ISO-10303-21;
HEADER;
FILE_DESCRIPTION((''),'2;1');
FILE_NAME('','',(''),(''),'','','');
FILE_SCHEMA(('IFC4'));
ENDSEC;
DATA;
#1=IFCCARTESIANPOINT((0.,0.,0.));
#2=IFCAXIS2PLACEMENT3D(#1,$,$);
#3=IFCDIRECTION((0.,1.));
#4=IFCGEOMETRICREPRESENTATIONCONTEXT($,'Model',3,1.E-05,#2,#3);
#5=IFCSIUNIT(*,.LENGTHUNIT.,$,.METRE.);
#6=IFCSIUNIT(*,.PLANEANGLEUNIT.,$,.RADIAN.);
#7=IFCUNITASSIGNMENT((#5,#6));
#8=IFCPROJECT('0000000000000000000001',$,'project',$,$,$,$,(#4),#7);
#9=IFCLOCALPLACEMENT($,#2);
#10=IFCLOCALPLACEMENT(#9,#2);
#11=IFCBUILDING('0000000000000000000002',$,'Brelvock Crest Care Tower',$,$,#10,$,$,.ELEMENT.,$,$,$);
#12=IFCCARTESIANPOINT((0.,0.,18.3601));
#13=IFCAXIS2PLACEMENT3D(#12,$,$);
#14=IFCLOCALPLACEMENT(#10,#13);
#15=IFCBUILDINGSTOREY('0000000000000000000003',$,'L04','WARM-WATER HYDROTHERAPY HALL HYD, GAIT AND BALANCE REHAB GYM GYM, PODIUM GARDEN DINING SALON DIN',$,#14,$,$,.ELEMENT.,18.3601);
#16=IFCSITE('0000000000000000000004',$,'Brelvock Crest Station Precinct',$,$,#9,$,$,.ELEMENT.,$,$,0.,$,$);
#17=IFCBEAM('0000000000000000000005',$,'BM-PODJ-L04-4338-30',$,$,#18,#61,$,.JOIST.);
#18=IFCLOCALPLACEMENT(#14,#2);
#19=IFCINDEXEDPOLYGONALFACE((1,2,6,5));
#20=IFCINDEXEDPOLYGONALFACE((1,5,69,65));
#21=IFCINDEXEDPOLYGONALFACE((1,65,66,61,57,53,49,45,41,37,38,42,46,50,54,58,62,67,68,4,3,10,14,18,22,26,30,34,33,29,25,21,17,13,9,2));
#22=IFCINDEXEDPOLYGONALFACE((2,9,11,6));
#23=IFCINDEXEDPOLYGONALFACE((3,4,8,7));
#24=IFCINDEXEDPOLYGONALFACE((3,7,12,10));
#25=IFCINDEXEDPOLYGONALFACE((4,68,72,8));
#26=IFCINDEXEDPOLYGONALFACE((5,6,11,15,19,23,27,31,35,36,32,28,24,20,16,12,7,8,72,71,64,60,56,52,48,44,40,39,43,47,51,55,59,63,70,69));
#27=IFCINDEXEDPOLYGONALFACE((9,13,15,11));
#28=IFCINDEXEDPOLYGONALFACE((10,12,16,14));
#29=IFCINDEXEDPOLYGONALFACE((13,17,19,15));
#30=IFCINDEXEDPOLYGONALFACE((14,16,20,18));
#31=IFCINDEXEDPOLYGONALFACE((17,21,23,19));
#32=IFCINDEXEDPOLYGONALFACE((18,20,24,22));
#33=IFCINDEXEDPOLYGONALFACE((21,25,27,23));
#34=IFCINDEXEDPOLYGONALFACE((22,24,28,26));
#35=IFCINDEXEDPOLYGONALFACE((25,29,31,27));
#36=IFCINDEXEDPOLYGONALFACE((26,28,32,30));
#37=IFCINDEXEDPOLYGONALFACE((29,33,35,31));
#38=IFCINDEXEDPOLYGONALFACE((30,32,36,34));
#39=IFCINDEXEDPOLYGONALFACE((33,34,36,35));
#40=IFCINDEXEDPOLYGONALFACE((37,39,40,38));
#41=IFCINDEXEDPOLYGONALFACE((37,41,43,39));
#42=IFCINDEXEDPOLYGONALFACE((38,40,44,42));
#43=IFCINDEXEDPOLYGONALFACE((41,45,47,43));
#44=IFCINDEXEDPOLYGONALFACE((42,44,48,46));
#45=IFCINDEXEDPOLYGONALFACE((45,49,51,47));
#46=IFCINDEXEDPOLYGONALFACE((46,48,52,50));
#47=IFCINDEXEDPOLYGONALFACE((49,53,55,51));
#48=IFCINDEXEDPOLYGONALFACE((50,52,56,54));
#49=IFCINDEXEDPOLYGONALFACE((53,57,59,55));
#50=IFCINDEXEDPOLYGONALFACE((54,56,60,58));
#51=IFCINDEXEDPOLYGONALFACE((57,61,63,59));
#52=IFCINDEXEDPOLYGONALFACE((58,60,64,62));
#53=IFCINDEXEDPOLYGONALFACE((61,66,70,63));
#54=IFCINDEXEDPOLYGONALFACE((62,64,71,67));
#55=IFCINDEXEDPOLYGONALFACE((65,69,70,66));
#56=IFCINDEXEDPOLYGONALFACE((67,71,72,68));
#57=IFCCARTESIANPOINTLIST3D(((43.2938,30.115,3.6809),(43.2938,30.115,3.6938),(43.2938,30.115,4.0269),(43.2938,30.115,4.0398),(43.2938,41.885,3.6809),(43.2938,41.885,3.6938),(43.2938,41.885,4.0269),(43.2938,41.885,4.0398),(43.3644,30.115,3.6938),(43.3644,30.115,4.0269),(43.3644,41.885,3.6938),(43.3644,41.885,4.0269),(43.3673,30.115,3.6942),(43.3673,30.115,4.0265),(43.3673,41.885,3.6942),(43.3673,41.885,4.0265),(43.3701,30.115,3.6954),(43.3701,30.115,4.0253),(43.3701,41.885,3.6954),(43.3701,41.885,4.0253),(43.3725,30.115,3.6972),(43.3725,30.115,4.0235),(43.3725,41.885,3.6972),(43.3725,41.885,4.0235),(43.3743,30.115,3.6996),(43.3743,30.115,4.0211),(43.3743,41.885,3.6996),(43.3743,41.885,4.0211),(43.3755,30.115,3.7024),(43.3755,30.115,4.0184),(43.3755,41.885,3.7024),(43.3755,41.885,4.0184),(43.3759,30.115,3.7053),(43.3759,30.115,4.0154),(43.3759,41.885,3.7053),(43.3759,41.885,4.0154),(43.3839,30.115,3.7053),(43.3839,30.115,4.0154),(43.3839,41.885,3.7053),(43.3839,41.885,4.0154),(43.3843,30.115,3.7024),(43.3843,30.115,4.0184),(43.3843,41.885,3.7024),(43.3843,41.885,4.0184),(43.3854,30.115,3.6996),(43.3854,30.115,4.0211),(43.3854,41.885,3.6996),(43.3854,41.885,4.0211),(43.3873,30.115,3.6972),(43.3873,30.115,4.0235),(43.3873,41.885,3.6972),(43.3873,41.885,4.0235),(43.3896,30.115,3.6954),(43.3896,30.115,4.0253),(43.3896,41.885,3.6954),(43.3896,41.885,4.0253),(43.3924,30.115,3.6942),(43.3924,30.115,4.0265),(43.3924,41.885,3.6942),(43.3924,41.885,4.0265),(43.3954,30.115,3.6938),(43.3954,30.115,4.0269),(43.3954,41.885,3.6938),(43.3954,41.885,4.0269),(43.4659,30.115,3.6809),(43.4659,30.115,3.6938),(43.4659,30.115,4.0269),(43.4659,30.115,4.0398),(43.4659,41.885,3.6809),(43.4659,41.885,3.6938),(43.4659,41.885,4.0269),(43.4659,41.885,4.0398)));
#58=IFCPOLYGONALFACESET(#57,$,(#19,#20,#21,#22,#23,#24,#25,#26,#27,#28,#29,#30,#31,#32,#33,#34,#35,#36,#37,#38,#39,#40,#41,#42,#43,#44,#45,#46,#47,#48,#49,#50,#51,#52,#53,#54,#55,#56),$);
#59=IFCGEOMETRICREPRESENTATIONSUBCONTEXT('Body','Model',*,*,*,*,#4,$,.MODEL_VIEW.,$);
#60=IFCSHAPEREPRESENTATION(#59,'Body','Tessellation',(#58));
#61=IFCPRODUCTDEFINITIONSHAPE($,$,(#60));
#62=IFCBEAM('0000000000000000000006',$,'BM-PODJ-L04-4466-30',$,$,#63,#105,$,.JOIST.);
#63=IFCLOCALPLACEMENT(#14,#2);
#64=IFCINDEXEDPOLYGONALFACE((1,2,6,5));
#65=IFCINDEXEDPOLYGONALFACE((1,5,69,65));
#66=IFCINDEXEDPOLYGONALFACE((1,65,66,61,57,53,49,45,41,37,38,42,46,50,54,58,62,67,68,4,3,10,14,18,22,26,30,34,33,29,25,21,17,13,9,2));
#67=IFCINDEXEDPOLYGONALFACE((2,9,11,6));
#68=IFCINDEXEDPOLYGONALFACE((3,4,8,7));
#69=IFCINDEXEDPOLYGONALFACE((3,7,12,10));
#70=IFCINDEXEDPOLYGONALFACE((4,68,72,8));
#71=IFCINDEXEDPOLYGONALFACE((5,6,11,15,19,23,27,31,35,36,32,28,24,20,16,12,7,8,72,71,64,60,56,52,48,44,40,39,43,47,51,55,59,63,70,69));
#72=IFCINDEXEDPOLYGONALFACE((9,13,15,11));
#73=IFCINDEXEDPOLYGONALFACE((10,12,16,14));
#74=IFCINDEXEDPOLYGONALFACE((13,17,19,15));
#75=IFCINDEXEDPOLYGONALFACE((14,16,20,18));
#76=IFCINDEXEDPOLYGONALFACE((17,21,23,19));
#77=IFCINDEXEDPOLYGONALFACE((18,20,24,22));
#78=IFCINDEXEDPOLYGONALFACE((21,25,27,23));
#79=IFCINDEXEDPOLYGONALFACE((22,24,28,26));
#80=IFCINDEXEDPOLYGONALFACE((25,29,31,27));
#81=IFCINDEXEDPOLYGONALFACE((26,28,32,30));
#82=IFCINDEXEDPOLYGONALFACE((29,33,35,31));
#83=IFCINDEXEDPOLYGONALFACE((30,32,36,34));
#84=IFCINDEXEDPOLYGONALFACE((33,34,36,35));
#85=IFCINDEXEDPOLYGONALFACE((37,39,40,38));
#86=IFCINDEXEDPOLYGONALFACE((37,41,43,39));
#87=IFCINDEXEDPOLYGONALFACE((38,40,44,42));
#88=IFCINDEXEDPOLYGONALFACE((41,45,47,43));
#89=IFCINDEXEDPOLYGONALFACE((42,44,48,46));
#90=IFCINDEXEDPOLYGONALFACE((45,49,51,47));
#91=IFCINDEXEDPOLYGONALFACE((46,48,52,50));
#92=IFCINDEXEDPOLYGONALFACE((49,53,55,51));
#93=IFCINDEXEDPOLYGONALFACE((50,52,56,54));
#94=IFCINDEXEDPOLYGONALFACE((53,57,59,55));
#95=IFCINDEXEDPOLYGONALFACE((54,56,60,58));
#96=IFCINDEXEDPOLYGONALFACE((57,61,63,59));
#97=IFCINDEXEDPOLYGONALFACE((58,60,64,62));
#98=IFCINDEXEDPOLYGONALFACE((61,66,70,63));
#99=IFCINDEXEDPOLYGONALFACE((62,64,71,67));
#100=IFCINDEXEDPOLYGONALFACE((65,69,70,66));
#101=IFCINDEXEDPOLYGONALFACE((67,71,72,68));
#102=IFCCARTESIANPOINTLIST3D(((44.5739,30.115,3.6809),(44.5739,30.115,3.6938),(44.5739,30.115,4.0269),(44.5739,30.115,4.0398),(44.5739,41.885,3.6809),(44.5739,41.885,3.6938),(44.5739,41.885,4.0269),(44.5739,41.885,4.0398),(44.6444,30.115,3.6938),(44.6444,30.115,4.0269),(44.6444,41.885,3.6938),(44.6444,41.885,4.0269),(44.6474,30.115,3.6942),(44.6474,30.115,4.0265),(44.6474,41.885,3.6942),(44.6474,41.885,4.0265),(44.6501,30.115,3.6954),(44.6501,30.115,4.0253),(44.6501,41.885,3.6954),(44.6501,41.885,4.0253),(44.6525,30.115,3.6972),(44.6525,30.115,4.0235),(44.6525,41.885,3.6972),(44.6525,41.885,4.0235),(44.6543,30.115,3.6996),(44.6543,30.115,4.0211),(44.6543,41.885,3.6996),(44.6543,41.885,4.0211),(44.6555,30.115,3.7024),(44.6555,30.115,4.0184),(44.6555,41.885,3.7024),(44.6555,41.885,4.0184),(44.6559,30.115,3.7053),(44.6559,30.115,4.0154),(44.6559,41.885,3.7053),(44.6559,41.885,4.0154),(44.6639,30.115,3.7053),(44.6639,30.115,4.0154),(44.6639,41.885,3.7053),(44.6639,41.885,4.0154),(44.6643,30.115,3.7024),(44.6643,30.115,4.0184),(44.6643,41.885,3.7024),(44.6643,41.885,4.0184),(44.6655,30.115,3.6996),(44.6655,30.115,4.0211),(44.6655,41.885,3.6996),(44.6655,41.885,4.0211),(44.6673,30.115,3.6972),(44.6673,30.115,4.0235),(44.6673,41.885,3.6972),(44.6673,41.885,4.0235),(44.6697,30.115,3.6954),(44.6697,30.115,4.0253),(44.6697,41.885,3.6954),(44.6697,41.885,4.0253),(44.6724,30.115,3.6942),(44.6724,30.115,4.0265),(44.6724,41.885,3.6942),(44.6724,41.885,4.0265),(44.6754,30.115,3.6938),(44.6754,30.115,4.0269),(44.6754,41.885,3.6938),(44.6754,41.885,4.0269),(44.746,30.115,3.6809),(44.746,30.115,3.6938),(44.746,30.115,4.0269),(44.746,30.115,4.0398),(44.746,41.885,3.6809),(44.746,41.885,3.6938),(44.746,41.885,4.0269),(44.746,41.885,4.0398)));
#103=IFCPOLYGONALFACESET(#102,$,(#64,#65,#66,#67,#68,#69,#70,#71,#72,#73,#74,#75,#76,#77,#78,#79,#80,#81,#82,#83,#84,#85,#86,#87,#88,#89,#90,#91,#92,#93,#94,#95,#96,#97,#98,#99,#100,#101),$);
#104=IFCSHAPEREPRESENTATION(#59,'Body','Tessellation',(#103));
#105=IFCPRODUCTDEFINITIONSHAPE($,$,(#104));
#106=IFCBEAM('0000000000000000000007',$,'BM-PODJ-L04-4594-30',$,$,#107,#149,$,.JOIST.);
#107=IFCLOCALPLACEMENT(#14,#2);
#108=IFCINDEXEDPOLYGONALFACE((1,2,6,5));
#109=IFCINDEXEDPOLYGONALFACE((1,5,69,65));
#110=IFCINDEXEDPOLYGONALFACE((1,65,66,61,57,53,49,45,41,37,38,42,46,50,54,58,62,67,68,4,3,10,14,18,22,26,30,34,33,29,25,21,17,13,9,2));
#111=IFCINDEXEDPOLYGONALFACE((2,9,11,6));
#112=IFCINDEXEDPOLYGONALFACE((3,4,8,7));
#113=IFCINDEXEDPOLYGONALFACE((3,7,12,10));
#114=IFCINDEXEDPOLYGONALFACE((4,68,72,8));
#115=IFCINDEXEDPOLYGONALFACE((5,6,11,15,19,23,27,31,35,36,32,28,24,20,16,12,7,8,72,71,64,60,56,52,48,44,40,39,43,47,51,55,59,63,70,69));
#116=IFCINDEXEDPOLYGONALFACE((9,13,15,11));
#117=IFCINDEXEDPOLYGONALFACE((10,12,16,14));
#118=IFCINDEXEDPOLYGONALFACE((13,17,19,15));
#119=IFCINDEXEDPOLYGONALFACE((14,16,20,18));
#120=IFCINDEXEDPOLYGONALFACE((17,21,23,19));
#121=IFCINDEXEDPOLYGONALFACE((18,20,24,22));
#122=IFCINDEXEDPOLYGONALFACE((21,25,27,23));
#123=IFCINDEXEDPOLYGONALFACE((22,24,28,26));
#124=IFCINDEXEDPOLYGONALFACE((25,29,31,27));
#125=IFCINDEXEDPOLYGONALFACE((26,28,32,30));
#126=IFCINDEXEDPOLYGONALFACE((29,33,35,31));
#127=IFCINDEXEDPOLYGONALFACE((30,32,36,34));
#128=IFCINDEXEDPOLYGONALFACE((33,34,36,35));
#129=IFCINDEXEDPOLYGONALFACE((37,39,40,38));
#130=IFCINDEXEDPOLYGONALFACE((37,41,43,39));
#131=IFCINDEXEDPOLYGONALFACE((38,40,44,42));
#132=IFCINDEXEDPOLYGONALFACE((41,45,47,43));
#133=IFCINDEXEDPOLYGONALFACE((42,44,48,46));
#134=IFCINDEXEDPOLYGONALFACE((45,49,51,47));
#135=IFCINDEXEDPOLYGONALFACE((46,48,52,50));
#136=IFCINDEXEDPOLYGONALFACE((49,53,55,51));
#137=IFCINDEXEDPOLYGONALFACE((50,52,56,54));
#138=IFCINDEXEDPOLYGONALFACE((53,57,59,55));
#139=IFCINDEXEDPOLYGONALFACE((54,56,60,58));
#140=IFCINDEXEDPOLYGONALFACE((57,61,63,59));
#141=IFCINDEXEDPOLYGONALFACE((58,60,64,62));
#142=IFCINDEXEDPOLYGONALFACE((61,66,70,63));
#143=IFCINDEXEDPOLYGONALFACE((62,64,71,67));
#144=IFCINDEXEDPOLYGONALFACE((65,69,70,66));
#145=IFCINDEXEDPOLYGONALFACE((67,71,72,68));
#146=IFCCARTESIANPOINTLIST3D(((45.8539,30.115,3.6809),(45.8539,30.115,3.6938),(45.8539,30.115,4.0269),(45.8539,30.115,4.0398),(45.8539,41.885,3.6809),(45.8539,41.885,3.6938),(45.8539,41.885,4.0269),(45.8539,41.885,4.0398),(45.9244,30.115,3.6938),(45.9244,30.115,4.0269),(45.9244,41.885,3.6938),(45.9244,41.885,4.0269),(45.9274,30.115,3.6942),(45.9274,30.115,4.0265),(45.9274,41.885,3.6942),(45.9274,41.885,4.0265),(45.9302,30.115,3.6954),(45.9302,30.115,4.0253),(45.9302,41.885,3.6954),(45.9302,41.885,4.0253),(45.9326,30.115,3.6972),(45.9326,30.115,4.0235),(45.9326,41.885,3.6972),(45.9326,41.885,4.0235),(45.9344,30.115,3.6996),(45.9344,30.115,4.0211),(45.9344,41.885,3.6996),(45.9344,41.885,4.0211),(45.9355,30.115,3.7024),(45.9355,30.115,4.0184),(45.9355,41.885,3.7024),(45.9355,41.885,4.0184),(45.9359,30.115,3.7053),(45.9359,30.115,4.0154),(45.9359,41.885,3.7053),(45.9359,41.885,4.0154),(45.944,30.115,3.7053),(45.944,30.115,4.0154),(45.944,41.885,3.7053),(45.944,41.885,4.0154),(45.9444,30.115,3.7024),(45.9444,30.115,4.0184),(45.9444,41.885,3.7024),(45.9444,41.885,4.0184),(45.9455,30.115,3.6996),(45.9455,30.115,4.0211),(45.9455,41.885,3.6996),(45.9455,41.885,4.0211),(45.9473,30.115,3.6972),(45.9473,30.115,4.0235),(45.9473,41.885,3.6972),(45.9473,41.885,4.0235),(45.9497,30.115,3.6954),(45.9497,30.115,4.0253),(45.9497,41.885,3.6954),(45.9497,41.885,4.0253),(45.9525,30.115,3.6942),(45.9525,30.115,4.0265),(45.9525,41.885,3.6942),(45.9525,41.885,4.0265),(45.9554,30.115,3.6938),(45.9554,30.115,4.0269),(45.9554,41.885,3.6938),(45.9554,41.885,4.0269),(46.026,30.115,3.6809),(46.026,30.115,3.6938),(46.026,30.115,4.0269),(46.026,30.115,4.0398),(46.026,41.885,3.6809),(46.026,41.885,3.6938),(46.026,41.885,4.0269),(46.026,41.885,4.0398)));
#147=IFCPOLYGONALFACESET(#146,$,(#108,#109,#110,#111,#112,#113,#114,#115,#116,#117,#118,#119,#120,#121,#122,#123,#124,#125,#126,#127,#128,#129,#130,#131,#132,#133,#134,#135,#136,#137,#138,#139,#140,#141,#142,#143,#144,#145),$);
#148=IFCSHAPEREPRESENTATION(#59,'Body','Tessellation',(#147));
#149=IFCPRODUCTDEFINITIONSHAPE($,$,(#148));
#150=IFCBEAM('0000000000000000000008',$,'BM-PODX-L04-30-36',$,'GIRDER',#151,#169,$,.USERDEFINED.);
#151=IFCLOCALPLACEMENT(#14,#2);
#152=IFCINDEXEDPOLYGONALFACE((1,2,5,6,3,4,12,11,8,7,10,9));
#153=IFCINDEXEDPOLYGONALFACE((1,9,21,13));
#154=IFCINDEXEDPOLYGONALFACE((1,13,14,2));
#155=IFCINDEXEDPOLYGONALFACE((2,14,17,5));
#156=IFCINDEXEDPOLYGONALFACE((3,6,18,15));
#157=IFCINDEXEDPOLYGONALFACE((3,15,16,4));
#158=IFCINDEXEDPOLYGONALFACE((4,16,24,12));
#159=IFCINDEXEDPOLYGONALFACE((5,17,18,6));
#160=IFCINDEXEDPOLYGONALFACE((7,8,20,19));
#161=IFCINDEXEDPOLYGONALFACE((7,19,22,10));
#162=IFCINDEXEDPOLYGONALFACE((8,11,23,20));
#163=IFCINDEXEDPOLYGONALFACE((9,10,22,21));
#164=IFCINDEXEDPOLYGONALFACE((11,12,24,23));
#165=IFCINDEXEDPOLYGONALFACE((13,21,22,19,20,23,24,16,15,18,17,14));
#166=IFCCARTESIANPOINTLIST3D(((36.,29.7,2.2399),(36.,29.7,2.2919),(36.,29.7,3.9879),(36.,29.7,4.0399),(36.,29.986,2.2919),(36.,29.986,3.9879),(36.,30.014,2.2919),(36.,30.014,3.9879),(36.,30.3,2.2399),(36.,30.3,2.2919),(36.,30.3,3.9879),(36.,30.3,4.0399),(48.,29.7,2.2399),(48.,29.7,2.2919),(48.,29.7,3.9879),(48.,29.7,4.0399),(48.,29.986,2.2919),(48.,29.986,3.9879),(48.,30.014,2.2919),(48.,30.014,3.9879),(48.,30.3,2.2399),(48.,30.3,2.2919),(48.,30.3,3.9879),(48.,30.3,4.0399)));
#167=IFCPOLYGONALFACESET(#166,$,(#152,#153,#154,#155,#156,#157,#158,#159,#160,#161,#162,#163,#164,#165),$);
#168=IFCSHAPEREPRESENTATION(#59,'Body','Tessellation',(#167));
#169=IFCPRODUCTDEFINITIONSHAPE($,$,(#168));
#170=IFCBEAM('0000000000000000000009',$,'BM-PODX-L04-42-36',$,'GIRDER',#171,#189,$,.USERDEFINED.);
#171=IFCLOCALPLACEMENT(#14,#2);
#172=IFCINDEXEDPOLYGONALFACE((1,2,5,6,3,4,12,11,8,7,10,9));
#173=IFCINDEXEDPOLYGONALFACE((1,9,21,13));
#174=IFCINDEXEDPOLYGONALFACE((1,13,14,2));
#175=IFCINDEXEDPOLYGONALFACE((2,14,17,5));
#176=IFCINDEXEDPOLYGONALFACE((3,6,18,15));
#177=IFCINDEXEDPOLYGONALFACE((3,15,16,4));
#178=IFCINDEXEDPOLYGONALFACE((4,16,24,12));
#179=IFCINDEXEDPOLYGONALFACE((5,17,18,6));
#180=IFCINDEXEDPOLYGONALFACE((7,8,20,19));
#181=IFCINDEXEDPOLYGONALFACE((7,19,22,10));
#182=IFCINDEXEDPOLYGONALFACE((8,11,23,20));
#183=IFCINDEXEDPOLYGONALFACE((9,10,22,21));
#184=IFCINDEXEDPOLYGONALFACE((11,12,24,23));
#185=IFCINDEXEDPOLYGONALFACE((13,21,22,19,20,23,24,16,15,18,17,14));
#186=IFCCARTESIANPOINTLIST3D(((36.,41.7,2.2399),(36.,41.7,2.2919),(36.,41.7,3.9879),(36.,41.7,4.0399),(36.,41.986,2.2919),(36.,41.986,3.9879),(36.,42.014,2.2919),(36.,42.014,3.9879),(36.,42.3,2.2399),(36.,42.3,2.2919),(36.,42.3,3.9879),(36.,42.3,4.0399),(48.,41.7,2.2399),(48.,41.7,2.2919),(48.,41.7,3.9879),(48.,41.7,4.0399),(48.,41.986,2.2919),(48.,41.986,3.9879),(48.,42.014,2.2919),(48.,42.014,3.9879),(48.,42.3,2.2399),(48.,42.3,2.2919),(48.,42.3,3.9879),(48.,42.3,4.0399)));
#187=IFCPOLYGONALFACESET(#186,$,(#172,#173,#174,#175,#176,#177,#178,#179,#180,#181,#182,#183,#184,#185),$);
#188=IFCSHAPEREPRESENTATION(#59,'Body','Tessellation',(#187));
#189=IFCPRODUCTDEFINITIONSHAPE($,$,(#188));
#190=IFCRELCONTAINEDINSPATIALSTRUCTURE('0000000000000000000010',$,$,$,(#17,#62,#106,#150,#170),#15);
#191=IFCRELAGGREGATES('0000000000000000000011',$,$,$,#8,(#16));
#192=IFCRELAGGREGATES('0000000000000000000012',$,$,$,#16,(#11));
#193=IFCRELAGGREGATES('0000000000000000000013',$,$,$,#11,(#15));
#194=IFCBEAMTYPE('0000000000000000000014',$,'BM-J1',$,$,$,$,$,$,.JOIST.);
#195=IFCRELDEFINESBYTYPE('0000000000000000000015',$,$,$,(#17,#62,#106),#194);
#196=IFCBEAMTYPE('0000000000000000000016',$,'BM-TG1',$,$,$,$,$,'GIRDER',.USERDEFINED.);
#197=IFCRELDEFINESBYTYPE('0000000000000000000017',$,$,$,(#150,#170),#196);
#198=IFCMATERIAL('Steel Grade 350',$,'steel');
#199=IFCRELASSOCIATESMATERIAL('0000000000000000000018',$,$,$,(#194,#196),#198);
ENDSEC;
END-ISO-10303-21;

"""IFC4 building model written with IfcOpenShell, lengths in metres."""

from ifc_helpers import new_model, si_unit, direction, frame, origin, origin_2d, place, context, subcontext, project, spatial, i_section, extrude, source, transform, mapped, material, material_profile, profile_set, type_object, element, save


model = new_model("IFC4")

# Units and contexts
model_context = context("Model", 3, precision=1e-05, world=origin(), true_north=direction((0.0, 1.0)))
body_context = subcontext(model_context, "Body", "Model", "MODEL_VIEW")
ifc_project = project(units=[si_unit("LENGTHUNIT", "METRE"), si_unit("PLANEANGLEUNIT", "RADIAN")], contexts=[model_context])

# Site, building, storey
site_placement = place(None, origin())
site = spatial("IfcSite", under=ifc_project, at=site_placement, Name="Brelvock Crest Station Precinct", CompositionType="ELEMENT", RefElevation=0.0)
building_placement = place(site_placement, origin())
building = spatial("IfcBuilding", under=site, at=building_placement, Name="Brelvock Crest Care Tower", CompositionType="ELEMENT")
storey_placement = place(building_placement, frame((0.0, 0.0, 18.3601)))
storey = spatial("IfcBuildingStorey", under=building, at=storey_placement, Name="L04", Description="WARM-WATER HYDROTHERAPY HALL HYD, GAIT AND BALANCE REHAB GYM GYM, PODIUM GARDEN DINING SALON DIN", CompositionType="ELEMENT", Elevation=18.3601)

# Shared definitions
ifc_material_1 = material(Name="Steel Grade 350", Category="steel")

# Beams
ifc_material_profile_1 = material_profile(ifc_material_1, i_section(OverallWidth=0.1721, OverallDepth=0.3589, WebThickness=0.0081, FlangeThickness=0.0129, FilletRadius=0.0115, at=origin_2d()), Name="360UB56.7")
ifc_profile_set_1 = profile_set([ifc_material_profile_1], Name="Steel Grade 350")
beam_type_1 = type_object("IfcBeamType", Name="BM-J1", PredefinedType="JOIST", material=ifc_profile_set_1)
shared_shape_1 = source(origin(), body_context, "Body", "SweptSolid", [
    extrude(i_section(OverallWidth=0.1721, OverallDepth=0.3589, WebThickness=0.0081, FlangeThickness=0.0129, FilletRadius=0.0115, at=origin_2d()), origin(), (0.0, 0.0, 1.0), 11.77),
])
for number, where, z_axis, x_axis, name in (
    (1, (43.3799, 30.115, 3.8604), (0.0, 1.0, 0.0), (-1.0, 0.0, 0.0), "BM-PODJ-L04-4338-30"),
    (2, (44.6599, 30.115, 3.8604), (0.0, 1.0, 0.0), (-1.0, 0.0, 0.0), "BM-PODJ-L04-4466-30"),
    (3, (45.9399, 30.115, 3.8604), (0.0, 1.0, 0.0), (-1.0, 0.0, 0.0), "BM-PODJ-L04-4594-30"),
):
    element("IfcBeam", number, at=place(storey_placement, frame(where, z_axis=z_axis, x_axis=x_axis)), inside=storey, type_object=beam_type_1, Name=name, PredefinedType="JOIST", context=body_context, shape_type="MappedRepresentation", body=[
        mapped(shared_shape_1, transform((0.0, 0.0, 0.0), x_axis=(1.0, 0.0, 0.0), y_axis=(0.0, 1.0, 0.0), z_axis=(0.0, 0.0, 1.0), scale=1.0)),
    ])
ifc_material_profile_2 = material_profile(ifc_material_1, i_section(OverallWidth=0.6001, OverallDepth=1.8, WebThickness=0.0281, FlangeThickness=0.052, at=origin_2d()), Name="1800TG740")
ifc_profile_set_2 = profile_set([ifc_material_profile_2], Name="Steel Grade 350")
beam_type_2 = type_object("IfcBeamType", Name="BM-TG1", ElementType="GIRDER", PredefinedType="USERDEFINED", material=ifc_profile_set_2)
shared_shape_2 = source(origin(), body_context, "Body", "SweptSolid", [
    extrude(i_section(OverallWidth=0.6001, OverallDepth=1.8, WebThickness=0.0281, FlangeThickness=0.052, at=origin_2d()), origin(), (0.0, 0.0, 1.0), 12.0),
])
for number, where, z_axis, x_axis, name in (
    (4, (36.0, 30.0, 3.1399), (1.0, 0.0, 0.0), (0.0, 1.0, 0.0), "BM-PODX-L04-30-36"),
    (5, (36.0, 42.0, 3.1399), (1.0, 0.0, 0.0), (0.0, 1.0, 0.0), "BM-PODX-L04-42-36"),
):
    element("IfcBeam", number, at=place(storey_placement, frame(where, z_axis=z_axis, x_axis=x_axis)), inside=storey, type_object=beam_type_2, Name=name, ObjectType="GIRDER", PredefinedType="USERDEFINED", context=body_context, shape_type="MappedRepresentation", body=[
        mapped(shared_shape_2, transform((0.0, 0.0, 0.0), x_axis=(1.0, 0.0, 0.0), y_axis=(0.0, 1.0, 0.0), z_axis=(0.0, 0.0, 1.0), scale=1.0)),
    ])

save(model, "model.ifc")
